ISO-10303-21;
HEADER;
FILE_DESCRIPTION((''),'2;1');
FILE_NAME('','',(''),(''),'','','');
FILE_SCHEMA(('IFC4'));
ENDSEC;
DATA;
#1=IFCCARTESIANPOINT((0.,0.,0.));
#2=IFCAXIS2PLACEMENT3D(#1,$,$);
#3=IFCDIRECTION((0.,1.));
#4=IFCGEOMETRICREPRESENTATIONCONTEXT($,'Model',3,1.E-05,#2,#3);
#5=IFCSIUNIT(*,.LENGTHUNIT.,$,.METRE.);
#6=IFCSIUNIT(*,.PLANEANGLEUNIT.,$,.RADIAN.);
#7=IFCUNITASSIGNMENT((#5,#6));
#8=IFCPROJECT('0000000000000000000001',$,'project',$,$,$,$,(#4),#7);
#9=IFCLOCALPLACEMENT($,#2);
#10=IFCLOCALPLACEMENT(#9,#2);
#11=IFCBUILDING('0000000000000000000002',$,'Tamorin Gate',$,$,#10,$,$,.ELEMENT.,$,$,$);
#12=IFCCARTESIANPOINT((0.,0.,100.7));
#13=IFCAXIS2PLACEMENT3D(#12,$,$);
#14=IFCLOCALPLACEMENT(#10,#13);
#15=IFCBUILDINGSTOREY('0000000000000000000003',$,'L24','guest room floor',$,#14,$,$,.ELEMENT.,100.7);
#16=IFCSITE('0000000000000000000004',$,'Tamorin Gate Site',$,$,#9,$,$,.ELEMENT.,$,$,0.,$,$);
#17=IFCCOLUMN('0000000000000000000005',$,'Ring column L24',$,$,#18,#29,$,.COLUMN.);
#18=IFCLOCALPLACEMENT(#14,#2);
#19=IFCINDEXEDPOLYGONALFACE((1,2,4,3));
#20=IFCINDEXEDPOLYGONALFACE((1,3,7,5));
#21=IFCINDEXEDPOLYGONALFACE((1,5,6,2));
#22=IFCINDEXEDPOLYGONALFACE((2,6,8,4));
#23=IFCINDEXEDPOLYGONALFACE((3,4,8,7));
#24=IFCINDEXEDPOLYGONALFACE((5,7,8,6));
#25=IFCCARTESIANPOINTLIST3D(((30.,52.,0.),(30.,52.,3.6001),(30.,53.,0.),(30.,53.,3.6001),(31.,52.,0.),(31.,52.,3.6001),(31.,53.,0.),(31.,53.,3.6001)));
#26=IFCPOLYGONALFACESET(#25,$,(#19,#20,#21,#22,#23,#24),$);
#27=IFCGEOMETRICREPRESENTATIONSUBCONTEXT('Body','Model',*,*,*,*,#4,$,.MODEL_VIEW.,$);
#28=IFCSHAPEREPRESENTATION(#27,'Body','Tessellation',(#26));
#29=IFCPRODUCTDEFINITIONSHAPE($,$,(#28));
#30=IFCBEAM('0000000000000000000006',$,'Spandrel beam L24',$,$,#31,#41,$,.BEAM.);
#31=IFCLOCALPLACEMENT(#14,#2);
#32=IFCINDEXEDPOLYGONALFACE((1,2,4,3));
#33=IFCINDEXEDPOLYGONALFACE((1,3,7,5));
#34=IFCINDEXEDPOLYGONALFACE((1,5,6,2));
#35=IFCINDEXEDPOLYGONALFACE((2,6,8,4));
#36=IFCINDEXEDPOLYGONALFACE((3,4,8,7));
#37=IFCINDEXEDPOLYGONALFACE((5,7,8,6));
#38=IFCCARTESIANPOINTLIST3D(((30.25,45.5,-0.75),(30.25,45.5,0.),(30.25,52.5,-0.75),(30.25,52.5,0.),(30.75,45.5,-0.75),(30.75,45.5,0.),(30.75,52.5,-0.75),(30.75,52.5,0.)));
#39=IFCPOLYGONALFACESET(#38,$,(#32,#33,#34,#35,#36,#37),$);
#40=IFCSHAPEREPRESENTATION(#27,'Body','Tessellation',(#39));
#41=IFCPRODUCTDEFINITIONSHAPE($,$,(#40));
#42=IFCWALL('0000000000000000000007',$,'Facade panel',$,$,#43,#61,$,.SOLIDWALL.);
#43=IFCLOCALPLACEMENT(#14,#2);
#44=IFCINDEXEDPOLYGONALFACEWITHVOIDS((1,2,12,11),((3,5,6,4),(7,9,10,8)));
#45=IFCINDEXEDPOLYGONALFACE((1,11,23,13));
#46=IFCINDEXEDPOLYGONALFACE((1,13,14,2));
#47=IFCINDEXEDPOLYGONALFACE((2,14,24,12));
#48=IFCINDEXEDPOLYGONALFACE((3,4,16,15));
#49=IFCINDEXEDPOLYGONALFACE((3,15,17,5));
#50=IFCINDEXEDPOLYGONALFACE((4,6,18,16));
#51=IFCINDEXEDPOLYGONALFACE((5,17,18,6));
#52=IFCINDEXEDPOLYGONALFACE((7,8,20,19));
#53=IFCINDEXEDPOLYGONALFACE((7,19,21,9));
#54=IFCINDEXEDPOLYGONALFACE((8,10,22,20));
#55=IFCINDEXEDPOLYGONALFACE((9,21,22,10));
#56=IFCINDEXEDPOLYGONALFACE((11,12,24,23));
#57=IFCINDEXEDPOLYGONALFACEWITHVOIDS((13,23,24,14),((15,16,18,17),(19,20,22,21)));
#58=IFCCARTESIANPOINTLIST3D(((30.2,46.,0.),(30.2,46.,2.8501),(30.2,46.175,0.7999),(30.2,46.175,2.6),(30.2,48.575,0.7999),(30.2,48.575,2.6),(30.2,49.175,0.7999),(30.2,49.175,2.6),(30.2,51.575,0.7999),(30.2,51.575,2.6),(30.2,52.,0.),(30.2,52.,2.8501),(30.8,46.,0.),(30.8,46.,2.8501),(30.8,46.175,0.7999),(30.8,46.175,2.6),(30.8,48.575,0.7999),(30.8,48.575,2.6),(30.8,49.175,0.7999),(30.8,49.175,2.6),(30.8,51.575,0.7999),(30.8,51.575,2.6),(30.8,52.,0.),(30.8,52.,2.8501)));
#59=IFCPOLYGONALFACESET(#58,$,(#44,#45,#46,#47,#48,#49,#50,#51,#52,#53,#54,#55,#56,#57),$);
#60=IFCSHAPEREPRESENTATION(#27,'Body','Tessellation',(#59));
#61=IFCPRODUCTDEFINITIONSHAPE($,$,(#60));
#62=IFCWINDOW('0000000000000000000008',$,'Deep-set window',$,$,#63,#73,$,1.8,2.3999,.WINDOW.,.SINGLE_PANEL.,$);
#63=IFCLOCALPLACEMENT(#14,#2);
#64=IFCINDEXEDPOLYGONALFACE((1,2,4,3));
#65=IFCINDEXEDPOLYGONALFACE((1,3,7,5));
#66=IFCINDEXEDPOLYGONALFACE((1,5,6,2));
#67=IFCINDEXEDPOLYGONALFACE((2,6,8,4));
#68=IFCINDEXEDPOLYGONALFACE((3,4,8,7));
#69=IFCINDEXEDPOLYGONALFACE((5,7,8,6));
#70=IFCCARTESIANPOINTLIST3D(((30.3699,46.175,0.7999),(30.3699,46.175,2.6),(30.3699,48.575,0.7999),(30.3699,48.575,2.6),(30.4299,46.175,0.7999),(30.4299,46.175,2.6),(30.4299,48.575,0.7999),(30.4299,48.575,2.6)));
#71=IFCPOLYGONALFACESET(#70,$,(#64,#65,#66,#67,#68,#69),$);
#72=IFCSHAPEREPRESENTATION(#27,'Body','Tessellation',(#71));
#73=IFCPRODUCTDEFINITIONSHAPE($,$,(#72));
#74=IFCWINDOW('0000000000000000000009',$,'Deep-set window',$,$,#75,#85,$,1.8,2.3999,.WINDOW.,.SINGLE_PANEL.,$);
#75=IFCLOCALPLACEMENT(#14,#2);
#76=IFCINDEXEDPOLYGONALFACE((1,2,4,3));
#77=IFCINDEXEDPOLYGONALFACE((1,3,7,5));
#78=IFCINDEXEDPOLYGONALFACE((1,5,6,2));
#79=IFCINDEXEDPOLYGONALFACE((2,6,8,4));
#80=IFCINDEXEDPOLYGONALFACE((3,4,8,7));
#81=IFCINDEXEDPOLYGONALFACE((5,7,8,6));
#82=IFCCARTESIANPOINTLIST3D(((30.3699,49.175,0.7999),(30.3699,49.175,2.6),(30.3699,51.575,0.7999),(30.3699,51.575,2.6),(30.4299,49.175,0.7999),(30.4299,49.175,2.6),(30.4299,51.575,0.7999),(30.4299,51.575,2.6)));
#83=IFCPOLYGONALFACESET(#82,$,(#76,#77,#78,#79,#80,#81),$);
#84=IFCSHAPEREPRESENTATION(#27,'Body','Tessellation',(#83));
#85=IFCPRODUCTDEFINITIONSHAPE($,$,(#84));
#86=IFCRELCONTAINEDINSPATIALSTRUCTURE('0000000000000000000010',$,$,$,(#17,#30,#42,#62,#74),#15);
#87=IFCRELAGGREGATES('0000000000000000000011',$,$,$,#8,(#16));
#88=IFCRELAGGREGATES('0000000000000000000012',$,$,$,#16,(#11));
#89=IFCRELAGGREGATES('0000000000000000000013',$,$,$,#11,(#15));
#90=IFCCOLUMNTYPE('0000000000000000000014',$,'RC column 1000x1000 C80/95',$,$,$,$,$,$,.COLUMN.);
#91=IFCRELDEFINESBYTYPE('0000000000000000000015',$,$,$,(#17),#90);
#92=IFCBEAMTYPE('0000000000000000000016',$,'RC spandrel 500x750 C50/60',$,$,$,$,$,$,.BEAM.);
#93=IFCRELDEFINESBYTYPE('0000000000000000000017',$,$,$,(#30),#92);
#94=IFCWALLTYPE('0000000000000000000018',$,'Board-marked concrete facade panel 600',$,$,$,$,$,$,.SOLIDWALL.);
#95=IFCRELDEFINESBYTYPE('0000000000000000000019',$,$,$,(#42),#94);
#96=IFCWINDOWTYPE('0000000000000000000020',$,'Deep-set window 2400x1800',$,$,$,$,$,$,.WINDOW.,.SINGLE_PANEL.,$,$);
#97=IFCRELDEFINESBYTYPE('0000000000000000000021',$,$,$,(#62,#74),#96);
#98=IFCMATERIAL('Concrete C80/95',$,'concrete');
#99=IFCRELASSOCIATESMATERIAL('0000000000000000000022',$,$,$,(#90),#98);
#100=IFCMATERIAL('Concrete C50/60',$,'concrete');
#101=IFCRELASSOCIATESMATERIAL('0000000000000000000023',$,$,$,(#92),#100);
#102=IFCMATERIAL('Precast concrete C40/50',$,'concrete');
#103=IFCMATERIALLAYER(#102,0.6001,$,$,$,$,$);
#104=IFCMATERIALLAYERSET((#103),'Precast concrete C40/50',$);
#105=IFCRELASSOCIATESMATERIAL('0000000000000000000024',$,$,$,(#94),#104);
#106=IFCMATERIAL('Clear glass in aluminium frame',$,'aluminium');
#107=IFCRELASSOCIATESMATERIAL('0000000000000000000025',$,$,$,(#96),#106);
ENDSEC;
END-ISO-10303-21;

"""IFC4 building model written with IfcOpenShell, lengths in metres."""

from ifc_helpers import new_model, si_unit, direction, frame, frame_2d, origin, origin_2d, place, context, subcontext, project, spatial, rectangle, extrude, material, layer, layer_set, material_profile, profile_set, type_object, element, fill, save


model = new_model("IFC4")

# Units and contexts
model_context = context("Model", 3, precision=1e-05, world=origin(), true_north=direction((0.0, 1.0)))
body_context = subcontext(model_context, "Body", "Model", "MODEL_VIEW")
ifc_project = project(units=[si_unit("LENGTHUNIT", "METRE"), si_unit("PLANEANGLEUNIT", "RADIAN")], contexts=[model_context])

# Site, building, storey
site_placement = place(None, origin())
site = spatial("IfcSite", under=ifc_project, at=site_placement, Name="Tamorin Gate Site", CompositionType="ELEMENT", RefElevation=0.0)
building_placement = place(site_placement, origin())
building = spatial("IfcBuilding", under=site, at=building_placement, Name="Tamorin Gate", CompositionType="ELEMENT")
storey_placement = place(building_placement, frame((0.0, 0.0, 100.7)))
storey = spatial("IfcBuildingStorey", under=building, at=storey_placement, Name="L24", Description="guest room floor", CompositionType="ELEMENT", Elevation=100.7)

# Column
ifc_material_1 = material(Name="Concrete C80/95", Category="concrete")
ifc_material_profile_1 = material_profile(ifc_material_1, rectangle(XDim=1.0, YDim=1.0, at=origin_2d()), Name="RC 1000x1000")
ifc_profile_set_1 = profile_set([ifc_material_profile_1], Name="Concrete C80/95")
column_type = type_object("IfcColumnType", Name="RC column 1000x1000 C80/95", PredefinedType="COLUMN", material=ifc_profile_set_1)
column_placement = place(storey_placement, frame((30.5, 52.5, 0.0), z_axis=(0.0, 0.0, 1.0), x_axis=(1.0, 0.0, 0.0)))
element("IfcColumn", 1, at=column_placement, inside=storey, type_object=column_type, Name="Ring column L24", PredefinedType="COLUMN", context=body_context, shape_type="SweptSolid", body=[
    extrude(rectangle(XDim=1.0, YDim=1.0, at=origin_2d()), origin(), (0.0, 0.0, 1.0), 3.6001),
])

# Beam
ifc_material_2 = material(Name="Concrete C50/60", Category="concrete")
ifc_material_profile_2 = material_profile(ifc_material_2, rectangle(XDim=0.5, YDim=0.75, at=origin_2d()), Name="RC 500x750")
ifc_profile_set_2 = profile_set([ifc_material_profile_2], Name="Concrete C50/60")
beam_type = type_object("IfcBeamType", Name="RC spandrel 500x750 C50/60", PredefinedType="BEAM", material=ifc_profile_set_2)
beam_placement = place(storey_placement, frame((30.5, 52.5, -0.375), z_axis=(0.0, -1.0, 0.0), x_axis=(1.0, 0.0, 0.0)))
element("IfcBeam", 2, at=beam_placement, inside=storey, type_object=beam_type, Name="Spandrel beam L24", PredefinedType="BEAM", context=body_context, shape_type="SweptSolid", body=[
    extrude(rectangle(XDim=0.5, YDim=0.75, at=origin_2d()), origin(), (0.0, 0.0, 1.0), 7.0),
])

# Wall, openings, windows
ifc_material_3 = material(Name="Precast concrete C40/50", Category="concrete")
ifc_layer_1 = layer(ifc_material_3, 0.6001)
ifc_layer_set_1 = layer_set([ifc_layer_1], Name="Precast concrete C40/50")
wall_type_1 = type_object("IfcWallType", Name="Board-marked concrete facade panel 600", PredefinedType="SOLIDWALL", material=ifc_layer_set_1)
wall_1_placement = place(storey_placement, frame((30.5, 52.0, 0.0), z_axis=(0.0, 0.0, 1.0), x_axis=(0.0, -1.0, 0.0)))
wall_1 = element("IfcWall", 3, at=wall_1_placement, inside=storey, type_object=wall_type_1, Name="Facade panel", PredefinedType="SOLIDWALL", context=body_context, shape_type="SweptSolid", body=[
    extrude(rectangle(XDim=6.0, YDim=0.6001, at=frame_2d((3.0, 0.0))), origin(), (0.0, 0.0, 1.0), 2.8501),
])
opening_1_placement = place(wall_1_placement, frame((3.425, 0.0, 0.8)))
opening_1 = element("IfcOpeningElement", 4, at=opening_1_placement, cuts=wall_1, PredefinedType="OPENING", context=body_context, shape_type="SweptSolid", body=[
    extrude(rectangle(XDim=2.3999, YDim=1.8, at=frame_2d((1.2, 0.8999))), frame((0.0, 0.3101, 0.0), z_axis=(0.0, -1.0, 0.0), x_axis=(1.0, 0.0, 0.0)), (0.0, 0.0, 1.0), 0.6201),
])
opening_2_placement = place(wall_1_placement, frame((0.425, 0.0, 0.8)))
opening_2 = element("IfcOpeningElement", 5, at=opening_2_placement, cuts=wall_1, PredefinedType="OPENING", context=body_context, shape_type="SweptSolid", body=[
    extrude(rectangle(XDim=2.3999, YDim=1.8, at=frame_2d((1.2, 0.8999))), frame((0.0, 0.3101, 0.0), z_axis=(0.0, -1.0, 0.0), x_axis=(1.0, 0.0, 0.0)), (0.0, 0.0, 1.0), 0.6201),
])
ifc_material_4 = material(Name="Clear glass in aluminium frame", Category="aluminium")
window_type = type_object("IfcWindowType", Name="Deep-set window 2400x1800", PartitioningType="SINGLE_PANEL", PredefinedType="WINDOW", material=ifc_material_4)
window_1_placement = place(opening_1_placement, origin())
window_1 = element("IfcWindow", 6, at=window_1_placement, inside=storey, type_object=window_type, Name="Deep-set window", OverallHeight=1.8, OverallWidth=2.3999, PartitioningType="SINGLE_PANEL", PredefinedType="WINDOW", context=body_context, shape_type="SweptSolid", body=[
    extrude(rectangle(XDim=2.3999, YDim=1.8, at=frame_2d((1.2, 0.8999))), frame((0.0, -0.0701, 0.0), z_axis=(0.0, -1.0, 0.0), x_axis=(1.0, 0.0, 0.0)), (0.0, 0.0, 1.0), 0.0601),
])
fill(opening_1, window_1)
window_2_placement = place(opening_2_placement, origin())
window_2 = element("IfcWindow", 7, at=window_2_placement, inside=storey, type_object=window_type, Name="Deep-set window", OverallHeight=1.8, OverallWidth=2.3999, PartitioningType="SINGLE_PANEL", PredefinedType="WINDOW", context=body_context, shape_type="SweptSolid", body=[
    extrude(rectangle(XDim=2.3999, YDim=1.8, at=frame_2d((1.2, 0.8999))), frame((0.0, -0.0701, 0.0), z_axis=(0.0, -1.0, 0.0), x_axis=(1.0, 0.0, 0.0)), (0.0, 0.0, 1.0), 0.0601),
])
fill(opening_2, window_2)

save(model, "model.ifc")
